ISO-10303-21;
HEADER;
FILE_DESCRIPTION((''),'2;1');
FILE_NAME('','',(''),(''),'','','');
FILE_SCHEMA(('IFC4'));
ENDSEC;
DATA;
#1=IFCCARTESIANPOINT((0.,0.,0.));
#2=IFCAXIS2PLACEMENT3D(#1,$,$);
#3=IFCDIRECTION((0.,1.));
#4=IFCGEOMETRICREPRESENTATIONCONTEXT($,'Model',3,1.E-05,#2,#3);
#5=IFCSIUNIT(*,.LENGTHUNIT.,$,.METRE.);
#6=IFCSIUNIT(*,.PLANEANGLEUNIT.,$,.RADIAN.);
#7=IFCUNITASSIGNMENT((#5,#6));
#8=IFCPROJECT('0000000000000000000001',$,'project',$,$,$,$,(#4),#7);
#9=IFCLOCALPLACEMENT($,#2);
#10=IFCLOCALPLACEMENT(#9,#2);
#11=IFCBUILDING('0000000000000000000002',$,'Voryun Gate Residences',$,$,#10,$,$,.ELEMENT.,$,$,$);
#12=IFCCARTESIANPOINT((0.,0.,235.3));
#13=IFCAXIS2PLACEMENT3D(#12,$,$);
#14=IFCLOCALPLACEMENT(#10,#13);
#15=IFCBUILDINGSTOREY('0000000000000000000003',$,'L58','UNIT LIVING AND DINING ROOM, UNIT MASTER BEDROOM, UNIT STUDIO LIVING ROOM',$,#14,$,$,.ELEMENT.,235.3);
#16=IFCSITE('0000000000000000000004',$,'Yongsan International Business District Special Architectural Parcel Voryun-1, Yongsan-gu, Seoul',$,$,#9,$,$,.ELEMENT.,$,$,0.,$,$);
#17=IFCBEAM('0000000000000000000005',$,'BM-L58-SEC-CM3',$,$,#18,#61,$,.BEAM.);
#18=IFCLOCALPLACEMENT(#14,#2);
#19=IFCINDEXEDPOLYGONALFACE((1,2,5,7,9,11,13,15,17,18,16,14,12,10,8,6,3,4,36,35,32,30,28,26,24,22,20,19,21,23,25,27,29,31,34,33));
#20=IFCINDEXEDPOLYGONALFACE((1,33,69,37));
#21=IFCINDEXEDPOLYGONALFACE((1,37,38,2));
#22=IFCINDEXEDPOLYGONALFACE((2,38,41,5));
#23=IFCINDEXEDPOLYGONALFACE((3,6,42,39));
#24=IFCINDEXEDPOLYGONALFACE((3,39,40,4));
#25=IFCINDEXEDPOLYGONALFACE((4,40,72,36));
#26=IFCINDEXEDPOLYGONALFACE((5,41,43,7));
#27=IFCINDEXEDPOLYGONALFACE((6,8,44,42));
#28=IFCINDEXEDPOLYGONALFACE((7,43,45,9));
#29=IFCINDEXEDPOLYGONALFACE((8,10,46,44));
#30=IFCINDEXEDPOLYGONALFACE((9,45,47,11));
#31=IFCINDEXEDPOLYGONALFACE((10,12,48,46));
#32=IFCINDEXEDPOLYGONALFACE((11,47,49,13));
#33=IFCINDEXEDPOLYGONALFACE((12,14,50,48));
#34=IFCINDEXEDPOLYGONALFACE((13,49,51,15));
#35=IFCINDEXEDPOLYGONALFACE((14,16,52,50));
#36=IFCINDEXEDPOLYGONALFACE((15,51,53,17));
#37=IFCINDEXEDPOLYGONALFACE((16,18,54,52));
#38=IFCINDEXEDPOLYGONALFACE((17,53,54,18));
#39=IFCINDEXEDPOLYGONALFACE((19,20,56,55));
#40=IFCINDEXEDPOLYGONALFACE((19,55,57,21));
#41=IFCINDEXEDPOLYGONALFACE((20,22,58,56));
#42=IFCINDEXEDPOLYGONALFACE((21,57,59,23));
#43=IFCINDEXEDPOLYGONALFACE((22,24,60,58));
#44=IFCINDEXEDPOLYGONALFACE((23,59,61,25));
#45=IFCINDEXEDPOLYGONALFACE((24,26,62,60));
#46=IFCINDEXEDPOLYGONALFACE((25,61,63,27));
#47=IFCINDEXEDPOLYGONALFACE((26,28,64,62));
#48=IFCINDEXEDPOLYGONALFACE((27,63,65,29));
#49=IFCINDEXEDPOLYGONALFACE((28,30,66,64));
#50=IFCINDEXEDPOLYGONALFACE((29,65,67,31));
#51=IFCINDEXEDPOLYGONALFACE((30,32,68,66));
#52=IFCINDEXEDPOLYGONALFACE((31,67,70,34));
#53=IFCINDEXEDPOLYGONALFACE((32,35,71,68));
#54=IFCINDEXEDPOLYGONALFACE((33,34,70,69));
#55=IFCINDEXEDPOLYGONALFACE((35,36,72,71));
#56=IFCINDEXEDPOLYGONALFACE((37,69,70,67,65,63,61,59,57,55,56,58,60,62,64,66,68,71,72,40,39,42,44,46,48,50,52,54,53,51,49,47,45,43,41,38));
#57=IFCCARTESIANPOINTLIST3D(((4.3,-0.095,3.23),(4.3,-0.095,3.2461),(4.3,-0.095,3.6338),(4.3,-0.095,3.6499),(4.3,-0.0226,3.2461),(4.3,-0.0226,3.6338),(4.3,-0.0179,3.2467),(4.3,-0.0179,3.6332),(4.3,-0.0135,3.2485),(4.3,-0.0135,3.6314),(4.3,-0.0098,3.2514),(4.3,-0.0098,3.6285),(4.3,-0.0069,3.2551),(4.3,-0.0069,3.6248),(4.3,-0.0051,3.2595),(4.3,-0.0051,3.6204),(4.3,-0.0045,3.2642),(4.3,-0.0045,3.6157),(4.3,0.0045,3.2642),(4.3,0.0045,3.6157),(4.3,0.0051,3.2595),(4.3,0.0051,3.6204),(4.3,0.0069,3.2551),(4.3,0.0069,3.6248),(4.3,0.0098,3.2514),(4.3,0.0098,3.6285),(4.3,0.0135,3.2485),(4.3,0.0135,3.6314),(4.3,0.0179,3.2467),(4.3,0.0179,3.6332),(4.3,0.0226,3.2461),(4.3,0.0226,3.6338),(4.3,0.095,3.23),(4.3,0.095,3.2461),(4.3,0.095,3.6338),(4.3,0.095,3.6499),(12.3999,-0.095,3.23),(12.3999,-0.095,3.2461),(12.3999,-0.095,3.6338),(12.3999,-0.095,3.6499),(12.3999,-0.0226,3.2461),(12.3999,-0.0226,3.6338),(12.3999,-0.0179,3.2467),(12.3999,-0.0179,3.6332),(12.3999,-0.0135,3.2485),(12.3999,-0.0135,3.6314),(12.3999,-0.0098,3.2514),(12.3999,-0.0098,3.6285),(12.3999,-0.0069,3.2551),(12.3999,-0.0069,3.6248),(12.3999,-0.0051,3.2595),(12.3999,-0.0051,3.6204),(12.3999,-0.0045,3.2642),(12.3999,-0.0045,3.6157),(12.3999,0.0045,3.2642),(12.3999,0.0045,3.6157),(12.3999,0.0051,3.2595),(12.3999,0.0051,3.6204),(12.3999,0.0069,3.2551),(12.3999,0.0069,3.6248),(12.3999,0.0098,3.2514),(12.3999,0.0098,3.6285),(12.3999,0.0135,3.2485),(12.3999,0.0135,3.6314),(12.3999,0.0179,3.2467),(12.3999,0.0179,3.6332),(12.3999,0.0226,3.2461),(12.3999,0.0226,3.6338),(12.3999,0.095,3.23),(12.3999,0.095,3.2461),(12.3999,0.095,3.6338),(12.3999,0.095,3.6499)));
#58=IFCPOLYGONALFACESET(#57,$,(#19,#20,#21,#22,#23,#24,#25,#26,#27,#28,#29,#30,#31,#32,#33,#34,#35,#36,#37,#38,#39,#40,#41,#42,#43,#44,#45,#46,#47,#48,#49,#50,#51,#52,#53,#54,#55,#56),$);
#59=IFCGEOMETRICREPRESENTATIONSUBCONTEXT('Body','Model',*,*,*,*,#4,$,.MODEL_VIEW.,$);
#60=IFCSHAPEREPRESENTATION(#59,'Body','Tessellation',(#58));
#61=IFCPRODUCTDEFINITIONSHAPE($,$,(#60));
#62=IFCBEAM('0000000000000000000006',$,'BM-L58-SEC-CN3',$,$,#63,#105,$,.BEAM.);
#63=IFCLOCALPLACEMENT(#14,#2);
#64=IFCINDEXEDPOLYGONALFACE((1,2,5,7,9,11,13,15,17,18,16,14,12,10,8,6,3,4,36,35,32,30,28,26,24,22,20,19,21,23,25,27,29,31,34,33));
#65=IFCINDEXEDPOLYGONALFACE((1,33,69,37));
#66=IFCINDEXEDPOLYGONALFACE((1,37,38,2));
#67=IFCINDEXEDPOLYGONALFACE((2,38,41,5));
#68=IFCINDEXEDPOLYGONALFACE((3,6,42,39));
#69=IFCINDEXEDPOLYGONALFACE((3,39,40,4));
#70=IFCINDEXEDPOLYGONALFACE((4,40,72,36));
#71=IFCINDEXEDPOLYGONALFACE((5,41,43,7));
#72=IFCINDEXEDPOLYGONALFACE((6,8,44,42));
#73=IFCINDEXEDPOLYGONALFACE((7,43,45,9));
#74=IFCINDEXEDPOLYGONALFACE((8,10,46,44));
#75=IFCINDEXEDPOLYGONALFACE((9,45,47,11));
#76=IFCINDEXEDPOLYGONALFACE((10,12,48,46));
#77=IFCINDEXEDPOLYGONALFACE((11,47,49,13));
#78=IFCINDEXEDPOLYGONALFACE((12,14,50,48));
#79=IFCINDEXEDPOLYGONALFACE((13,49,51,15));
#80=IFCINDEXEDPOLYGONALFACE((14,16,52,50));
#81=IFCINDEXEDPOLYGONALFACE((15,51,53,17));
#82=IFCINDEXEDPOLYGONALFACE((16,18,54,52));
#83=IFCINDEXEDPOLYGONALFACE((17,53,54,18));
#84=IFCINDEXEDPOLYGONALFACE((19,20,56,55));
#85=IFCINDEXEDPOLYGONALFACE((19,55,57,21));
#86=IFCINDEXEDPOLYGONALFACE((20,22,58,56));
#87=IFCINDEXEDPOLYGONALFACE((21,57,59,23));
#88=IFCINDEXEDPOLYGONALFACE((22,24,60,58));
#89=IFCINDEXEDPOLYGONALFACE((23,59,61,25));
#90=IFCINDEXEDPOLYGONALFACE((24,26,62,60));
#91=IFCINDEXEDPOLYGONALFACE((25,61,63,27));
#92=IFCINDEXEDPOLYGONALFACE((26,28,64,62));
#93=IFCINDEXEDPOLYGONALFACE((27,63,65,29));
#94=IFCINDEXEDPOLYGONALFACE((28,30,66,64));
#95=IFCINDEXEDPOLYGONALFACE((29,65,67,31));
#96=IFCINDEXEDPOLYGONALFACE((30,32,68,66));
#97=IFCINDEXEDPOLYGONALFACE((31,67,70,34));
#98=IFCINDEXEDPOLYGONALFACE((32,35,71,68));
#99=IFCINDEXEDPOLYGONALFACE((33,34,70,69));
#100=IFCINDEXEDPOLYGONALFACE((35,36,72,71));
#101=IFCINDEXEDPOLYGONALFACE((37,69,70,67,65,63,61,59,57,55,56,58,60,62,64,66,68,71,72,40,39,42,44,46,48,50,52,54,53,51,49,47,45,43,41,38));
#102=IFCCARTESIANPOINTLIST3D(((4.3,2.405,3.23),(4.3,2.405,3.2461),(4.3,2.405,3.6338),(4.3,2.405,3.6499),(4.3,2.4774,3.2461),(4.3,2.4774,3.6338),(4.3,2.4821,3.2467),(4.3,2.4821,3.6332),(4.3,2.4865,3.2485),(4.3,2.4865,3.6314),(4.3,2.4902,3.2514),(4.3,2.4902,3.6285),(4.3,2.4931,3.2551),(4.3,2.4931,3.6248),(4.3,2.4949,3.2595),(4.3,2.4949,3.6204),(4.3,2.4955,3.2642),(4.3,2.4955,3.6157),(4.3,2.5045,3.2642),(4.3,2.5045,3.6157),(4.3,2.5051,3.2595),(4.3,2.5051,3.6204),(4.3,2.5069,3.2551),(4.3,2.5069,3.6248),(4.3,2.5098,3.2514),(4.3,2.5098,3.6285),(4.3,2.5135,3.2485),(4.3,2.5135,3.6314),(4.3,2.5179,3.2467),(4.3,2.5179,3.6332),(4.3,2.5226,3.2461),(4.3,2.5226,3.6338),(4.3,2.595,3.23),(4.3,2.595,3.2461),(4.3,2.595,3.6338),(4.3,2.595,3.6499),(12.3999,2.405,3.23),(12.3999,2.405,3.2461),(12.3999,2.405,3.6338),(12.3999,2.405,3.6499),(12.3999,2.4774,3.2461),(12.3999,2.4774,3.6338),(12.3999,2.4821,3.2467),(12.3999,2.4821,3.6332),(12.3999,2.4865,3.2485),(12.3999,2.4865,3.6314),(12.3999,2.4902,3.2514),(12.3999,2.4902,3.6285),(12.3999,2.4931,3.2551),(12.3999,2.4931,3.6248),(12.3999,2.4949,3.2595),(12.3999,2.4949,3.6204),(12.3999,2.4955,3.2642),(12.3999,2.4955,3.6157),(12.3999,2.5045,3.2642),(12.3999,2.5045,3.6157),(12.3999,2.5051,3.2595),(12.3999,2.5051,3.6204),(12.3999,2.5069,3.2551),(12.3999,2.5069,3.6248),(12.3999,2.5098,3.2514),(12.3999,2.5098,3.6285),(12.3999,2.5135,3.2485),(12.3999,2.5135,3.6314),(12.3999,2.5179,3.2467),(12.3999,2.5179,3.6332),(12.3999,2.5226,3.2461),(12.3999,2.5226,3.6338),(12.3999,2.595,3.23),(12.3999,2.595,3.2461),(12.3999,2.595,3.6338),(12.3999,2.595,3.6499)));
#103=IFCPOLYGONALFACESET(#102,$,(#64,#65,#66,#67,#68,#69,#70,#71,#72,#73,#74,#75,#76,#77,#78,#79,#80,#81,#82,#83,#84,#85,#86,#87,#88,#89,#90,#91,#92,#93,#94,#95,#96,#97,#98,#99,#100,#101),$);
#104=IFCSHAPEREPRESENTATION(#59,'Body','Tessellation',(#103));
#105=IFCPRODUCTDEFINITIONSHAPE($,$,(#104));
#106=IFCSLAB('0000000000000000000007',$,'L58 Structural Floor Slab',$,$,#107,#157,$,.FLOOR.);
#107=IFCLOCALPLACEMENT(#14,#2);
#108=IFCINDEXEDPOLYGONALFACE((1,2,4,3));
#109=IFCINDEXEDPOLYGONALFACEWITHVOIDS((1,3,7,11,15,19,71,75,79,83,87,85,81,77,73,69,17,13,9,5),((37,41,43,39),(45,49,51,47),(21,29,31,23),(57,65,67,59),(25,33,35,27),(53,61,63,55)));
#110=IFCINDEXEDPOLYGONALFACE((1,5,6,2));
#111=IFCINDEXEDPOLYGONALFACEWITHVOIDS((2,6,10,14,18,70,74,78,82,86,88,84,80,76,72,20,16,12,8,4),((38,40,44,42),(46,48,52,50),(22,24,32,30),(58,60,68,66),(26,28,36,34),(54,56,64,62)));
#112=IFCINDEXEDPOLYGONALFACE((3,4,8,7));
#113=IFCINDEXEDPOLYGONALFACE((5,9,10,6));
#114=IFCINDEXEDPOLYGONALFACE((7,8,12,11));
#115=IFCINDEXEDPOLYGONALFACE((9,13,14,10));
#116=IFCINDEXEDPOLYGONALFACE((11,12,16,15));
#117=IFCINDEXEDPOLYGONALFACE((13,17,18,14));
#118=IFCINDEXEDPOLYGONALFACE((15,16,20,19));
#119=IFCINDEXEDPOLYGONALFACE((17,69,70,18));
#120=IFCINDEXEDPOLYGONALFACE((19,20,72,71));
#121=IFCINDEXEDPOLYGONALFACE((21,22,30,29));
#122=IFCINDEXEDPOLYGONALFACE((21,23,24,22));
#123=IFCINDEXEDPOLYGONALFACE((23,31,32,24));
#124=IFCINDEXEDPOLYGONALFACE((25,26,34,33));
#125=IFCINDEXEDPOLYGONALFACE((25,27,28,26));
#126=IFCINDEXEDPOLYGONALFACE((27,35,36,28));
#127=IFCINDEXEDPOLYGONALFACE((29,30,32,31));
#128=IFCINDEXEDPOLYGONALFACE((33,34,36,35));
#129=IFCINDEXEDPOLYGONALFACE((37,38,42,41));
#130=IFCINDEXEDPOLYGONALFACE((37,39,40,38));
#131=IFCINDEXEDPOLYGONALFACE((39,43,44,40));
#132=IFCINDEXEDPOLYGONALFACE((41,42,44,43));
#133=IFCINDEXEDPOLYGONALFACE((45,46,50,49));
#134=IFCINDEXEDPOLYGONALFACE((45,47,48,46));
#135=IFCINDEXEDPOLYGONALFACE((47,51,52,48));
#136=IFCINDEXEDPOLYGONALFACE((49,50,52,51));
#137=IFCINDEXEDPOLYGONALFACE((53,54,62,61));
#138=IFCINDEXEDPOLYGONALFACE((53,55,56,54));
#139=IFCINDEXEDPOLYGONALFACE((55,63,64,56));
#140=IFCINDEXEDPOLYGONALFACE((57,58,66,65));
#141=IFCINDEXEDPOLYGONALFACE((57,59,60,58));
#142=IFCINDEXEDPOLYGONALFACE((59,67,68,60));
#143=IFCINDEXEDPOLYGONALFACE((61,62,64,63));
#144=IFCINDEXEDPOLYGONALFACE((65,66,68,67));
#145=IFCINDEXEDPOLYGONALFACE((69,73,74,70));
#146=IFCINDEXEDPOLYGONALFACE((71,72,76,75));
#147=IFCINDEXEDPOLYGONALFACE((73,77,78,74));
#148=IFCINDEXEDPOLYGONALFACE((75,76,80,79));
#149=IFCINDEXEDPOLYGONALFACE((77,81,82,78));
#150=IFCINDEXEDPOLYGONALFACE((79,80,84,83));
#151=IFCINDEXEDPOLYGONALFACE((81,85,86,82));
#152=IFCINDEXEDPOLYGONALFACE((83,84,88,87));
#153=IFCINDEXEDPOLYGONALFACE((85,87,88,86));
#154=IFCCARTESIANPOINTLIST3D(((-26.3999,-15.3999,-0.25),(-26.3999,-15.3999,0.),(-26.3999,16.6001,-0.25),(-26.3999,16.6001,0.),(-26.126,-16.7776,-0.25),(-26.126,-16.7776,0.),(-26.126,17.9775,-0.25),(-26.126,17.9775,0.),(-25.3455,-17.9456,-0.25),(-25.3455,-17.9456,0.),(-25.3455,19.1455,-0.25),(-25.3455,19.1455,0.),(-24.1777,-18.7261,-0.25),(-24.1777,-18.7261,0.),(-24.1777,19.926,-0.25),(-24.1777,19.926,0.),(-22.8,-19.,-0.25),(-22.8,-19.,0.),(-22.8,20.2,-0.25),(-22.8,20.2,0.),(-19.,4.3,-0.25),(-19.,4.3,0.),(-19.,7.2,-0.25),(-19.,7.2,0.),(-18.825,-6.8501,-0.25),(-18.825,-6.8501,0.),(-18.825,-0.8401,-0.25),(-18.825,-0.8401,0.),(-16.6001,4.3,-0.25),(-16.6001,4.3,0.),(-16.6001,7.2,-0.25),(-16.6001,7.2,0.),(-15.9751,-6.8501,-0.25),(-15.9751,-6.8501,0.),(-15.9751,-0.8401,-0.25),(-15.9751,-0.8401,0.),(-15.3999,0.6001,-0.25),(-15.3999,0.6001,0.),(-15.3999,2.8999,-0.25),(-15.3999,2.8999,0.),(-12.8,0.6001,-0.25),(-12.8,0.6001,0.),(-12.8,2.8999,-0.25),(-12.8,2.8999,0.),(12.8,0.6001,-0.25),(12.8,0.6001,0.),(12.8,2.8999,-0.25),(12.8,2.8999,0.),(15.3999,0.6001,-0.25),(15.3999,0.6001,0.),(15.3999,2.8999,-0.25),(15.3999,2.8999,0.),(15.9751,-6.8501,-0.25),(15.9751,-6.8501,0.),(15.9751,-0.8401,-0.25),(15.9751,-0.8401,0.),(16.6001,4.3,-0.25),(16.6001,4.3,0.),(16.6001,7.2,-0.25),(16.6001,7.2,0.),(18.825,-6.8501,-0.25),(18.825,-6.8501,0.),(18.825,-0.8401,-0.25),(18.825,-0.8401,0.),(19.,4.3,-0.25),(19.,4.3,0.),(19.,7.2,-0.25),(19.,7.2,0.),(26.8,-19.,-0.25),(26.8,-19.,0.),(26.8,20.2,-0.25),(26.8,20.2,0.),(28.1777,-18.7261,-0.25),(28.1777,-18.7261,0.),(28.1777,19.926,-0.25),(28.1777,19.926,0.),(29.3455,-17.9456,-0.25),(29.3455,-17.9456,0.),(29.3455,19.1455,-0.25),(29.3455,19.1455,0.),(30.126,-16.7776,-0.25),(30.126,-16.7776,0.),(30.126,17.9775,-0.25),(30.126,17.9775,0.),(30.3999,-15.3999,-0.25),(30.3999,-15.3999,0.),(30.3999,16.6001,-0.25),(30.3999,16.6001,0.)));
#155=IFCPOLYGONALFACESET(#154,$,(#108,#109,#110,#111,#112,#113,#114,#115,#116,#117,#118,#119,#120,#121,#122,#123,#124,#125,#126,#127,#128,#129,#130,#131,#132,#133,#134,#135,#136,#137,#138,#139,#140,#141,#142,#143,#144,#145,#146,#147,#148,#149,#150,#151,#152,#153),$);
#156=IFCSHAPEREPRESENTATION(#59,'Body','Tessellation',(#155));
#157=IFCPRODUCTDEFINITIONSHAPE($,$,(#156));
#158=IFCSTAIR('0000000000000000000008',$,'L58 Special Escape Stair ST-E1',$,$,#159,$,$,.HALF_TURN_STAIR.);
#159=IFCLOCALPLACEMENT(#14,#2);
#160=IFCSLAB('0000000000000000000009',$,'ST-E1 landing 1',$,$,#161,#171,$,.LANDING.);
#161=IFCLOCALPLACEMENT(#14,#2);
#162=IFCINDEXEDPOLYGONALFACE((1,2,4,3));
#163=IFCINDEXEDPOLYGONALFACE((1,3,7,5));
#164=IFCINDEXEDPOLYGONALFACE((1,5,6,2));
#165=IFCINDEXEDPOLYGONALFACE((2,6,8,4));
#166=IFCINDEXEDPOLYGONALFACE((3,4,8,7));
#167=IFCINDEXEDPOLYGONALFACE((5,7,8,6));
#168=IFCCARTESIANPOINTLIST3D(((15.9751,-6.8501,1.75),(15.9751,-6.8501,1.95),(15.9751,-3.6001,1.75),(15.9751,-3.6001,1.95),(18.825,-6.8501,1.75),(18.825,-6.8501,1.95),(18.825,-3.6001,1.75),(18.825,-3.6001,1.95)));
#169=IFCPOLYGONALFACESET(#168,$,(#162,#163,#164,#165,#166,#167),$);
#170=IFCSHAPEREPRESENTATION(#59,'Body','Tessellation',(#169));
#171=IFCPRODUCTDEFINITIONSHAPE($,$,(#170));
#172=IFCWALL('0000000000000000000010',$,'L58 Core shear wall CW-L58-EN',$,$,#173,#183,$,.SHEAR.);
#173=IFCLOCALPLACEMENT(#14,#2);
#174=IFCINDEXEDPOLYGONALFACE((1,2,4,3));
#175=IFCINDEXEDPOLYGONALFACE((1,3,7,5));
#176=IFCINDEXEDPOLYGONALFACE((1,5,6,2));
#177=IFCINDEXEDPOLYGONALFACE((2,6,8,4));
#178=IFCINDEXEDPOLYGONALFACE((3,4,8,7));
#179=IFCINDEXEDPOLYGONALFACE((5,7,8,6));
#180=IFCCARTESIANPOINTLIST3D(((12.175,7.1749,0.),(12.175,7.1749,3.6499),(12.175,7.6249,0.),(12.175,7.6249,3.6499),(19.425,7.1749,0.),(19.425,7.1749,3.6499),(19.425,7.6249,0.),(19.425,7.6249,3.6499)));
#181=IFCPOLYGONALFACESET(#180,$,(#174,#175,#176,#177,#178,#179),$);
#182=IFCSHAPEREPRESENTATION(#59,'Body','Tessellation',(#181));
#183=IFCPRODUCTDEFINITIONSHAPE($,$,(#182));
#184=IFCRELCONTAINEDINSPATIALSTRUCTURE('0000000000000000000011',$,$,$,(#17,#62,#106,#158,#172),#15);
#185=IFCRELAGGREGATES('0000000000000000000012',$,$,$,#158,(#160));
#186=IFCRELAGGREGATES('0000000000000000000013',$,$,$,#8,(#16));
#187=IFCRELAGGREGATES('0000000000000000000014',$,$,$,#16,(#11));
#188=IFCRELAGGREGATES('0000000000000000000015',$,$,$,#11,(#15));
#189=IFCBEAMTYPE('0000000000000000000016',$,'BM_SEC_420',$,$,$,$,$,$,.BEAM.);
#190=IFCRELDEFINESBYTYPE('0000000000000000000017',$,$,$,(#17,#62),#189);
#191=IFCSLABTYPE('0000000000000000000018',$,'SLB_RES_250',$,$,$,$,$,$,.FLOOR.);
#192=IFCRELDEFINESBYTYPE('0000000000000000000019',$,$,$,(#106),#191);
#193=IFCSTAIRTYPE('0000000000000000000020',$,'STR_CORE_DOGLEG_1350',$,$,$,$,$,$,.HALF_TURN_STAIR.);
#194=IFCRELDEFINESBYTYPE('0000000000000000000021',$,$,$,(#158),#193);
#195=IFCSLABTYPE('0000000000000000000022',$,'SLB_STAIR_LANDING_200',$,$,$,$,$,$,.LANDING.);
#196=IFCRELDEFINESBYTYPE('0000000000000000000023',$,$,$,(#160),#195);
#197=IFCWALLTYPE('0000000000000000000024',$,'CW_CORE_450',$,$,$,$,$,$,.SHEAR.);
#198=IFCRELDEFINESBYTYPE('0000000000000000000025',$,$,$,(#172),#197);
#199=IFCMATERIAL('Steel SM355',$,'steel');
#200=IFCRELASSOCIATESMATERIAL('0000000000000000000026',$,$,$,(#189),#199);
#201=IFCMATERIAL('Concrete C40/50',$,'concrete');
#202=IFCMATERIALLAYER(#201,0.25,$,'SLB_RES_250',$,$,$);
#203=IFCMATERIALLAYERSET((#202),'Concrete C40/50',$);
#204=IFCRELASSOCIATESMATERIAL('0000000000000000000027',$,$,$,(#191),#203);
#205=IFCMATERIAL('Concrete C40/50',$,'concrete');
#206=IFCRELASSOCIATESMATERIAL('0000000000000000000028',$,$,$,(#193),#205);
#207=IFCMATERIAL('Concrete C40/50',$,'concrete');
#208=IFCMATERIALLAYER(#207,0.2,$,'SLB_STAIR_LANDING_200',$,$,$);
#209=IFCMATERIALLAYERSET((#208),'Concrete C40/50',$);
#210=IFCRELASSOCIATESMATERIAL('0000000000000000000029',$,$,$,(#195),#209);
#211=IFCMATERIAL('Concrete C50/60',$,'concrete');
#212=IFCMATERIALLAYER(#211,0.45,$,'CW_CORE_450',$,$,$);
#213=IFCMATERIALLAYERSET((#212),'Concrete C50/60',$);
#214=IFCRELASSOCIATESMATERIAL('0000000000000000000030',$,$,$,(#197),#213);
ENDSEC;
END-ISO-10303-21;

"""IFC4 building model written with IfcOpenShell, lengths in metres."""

from ifc_helpers import new_model, si_unit, direction, frame, frame_2d, origin, origin_2d, place, context, subcontext, project, spatial, polyline, rectangle, i_section, outline, extrude, material, layer, layer_set, material_profile, profile_set, type_object, element, aggregate, save


model = new_model("IFC4")

# Units and contexts
model_context = context("Model", 3, precision=1e-05, world=origin(), true_north=direction((0.0, 1.0)))
body_context = subcontext(model_context, "Body", "Model", "MODEL_VIEW")
ifc_project = project(units=[si_unit("LENGTHUNIT", "METRE"), si_unit("PLANEANGLEUNIT", "RADIAN")], contexts=[model_context])

# Site, building, storey
site_placement = place(None, origin())
site = spatial("IfcSite", under=ifc_project, at=site_placement, Name="Yongsan International Business District Special Architectural Parcel Voryun-1, Yongsan-gu, Seoul", CompositionType="ELEMENT", RefElevation=0.0)
building_placement = place(site_placement, origin())
building = spatial("IfcBuilding", under=site, at=building_placement, Name="Voryun Gate Residences", CompositionType="ELEMENT")
storey_placement = place(building_placement, frame((0.0, 0.0, 235.3)))
storey = spatial("IfcBuildingStorey", under=building, at=storey_placement, Name="L58", Description="UNIT LIVING AND DINING ROOM, UNIT MASTER BEDROOM, UNIT STUDIO LIVING ROOM", CompositionType="ELEMENT", Elevation=235.3)

# Beams
ifc_material_1 = material(Name="Steel SM355", Category="steel")
ifc_material_profile_1 = material_profile(ifc_material_1, i_section(OverallWidth=0.1899, OverallDepth=0.4199, WebThickness=0.009, FlangeThickness=0.0161, FilletRadius=0.0181, at=origin_2d()), Name="H-420x190x9x16")
ifc_profile_set_1 = profile_set([ifc_material_profile_1], Name="Steel SM355")
beam_type_1 = type_object("IfcBeamType", Name="BM_SEC_420", PredefinedType="BEAM", material=ifc_profile_set_1)
for number, where, z_axis, x_axis, name in (
    (1, (4.3, 0.0, 3.4399), (1.0, 0.0, 0.0), (0.0, 1.0, 0.0), "BM-L58-SEC-CM3"),
    (2, (4.3, 2.5, 3.4399), (1.0, 0.0, 0.0), (0.0, 1.0, 0.0), "BM-L58-SEC-CN3"),
):
    element("IfcBeam", number, at=place(storey_placement, frame(where, z_axis=z_axis, x_axis=x_axis)), inside=storey, type_object=beam_type_1, Name=name, PredefinedType="BEAM", context=body_context, shape_type="SweptSolid", body=[
        extrude(i_section(OverallWidth=0.1899, OverallDepth=0.4199, WebThickness=0.009, FlangeThickness=0.0161, FilletRadius=0.0181, at=origin_2d()), origin(), (0.0, 0.0, 1.0), 8.0999),
    ])

# Slab
ifc_material_2 = material(Name="Concrete C40/50", Category="concrete")
ifc_layer_1 = layer(ifc_material_2, 0.25, Name="SLB_RES_250")
ifc_layer_set_1 = layer_set([ifc_layer_1], Name="Concrete C40/50")
slab_type_1 = type_object("IfcSlabType", Name="SLB_RES_250", PredefinedType="FLOOR", material=ifc_layer_set_1)
slab_1_placement = place(storey_placement, frame((0.0, 0.0, -0.25)))
element("IfcSlab", 3, at=slab_1_placement, inside=storey, type_object=slab_type_1, Name="L58 Structural Floor Slab", PredefinedType="FLOOR", context=body_context, shape_type="SweptSolid", body=[
    extrude(outline(polyline([(-22.8, -19.0), (-24.1777, -18.7261), (-25.3455, -17.9456), (-26.126, -16.7776), (-26.3999, -15.3999), (-26.3999, 16.6001), (-26.126, 17.9775), (-25.3455, 19.1455), (-24.1777, 19.926), (-22.8, 20.2), (26.8, 20.2), (28.1777, 19.926), (29.3455, 19.1455), (30.126, 17.9775), (30.3999, 16.6001), (30.3999, -15.3999), (30.126, -16.7776), (29.3455, -17.9456), (28.1777, -18.7261), (26.8, -19.0), (-22.8, -19.0)]), holes=[polyline([(-15.9751, -0.8401), (-18.825, -0.8401), (-18.825, -6.8501), (-15.9751, -6.8501), (-15.9751, -0.8401)]), polyline([(18.825, -6.8501), (18.825, -0.8401), (15.9751, -0.8401), (15.9751, -6.8501), (18.825, -6.8501)]), polyline([(-12.8, 2.8999), (-15.3999, 2.8999), (-15.3999, 0.6001), (-12.8, 0.6001), (-12.8, 2.8999)]), polyline([(12.8, 2.8999), (12.8, 0.6001), (15.3999, 0.6001), (15.3999, 2.8999), (12.8, 2.8999)]), polyline([(-16.6001, 7.2), (-19.0, 7.2), (-19.0, 4.3), (-16.6001, 4.3), (-16.6001, 7.2)]), polyline([(19.0, 7.2), (16.6001, 7.2), (16.6001, 4.3), (19.0, 4.3), (19.0, 7.2)])]), origin(), (0.0, 0.0, 1.0), 0.25),
])

# Stair, slab
ifc_material_3 = material(Name="Concrete C40/50", Category="concrete")
stair_type = type_object("IfcStairType", Name="STR_CORE_DOGLEG_1350", PredefinedType="HALF_TURN_STAIR", material=ifc_material_3)
stair_placement = place(storey_placement, origin())
stair = element("IfcStair", 4, at=stair_placement, inside=storey, type_object=stair_type, Name="L58 Special Escape Stair ST-E1", PredefinedType="HALF_TURN_STAIR")
ifc_material_4 = material(Name="Concrete C40/50", Category="concrete")
ifc_layer_2 = layer(ifc_material_4, 0.2, Name="SLB_STAIR_LANDING_200")
ifc_layer_set_2 = layer_set([ifc_layer_2], Name="Concrete C40/50")
slab_type_2 = type_object("IfcSlabType", Name="SLB_STAIR_LANDING_200", PredefinedType="LANDING", material=ifc_layer_set_2)
slab_2_placement = place(storey_placement, frame((0.0, 0.0, 1.75)))
slab_2 = element("IfcSlab", 5, at=slab_2_placement, type_object=slab_type_2, Name="ST-E1 landing 1", PredefinedType="LANDING", context=body_context, shape_type="SweptSolid", body=[
    extrude(outline(polyline([(15.9751, -3.6001), (15.9751, -6.8501), (18.825, -6.8501), (18.825, -3.6001), (15.9751, -3.6001)])), origin(), (0.0, 0.0, 1.0), 0.2),
])
aggregate(stair, [slab_2])

# Wall
ifc_material_5 = material(Name="Concrete C50/60", Category="concrete")
ifc_layer_3 = layer(ifc_material_5, 0.45, Name="CW_CORE_450")
ifc_layer_set_3 = layer_set([ifc_layer_3], Name="Concrete C50/60")
wall_type_1 = type_object("IfcWallType", Name="CW_CORE_450", PredefinedType="SHEAR", material=ifc_layer_set_3)
wall_1_placement = place(storey_placement, frame((12.175, 7.3999, 0.0), z_axis=(0.0, 0.0, 1.0), x_axis=(1.0, 0.0, 0.0)))
element("IfcWall", 6, at=wall_1_placement, inside=storey, type_object=wall_type_1, Name="L58 Core shear wall CW-L58-EN", PredefinedType="SHEAR", context=body_context, shape_type="SweptSolid", body=[
    extrude(rectangle(XDim=7.25, YDim=0.45, at=frame_2d((3.625, 0.0))), origin(), (0.0, 0.0, 1.0), 3.6499),
])

save(model, "model.ifc")
